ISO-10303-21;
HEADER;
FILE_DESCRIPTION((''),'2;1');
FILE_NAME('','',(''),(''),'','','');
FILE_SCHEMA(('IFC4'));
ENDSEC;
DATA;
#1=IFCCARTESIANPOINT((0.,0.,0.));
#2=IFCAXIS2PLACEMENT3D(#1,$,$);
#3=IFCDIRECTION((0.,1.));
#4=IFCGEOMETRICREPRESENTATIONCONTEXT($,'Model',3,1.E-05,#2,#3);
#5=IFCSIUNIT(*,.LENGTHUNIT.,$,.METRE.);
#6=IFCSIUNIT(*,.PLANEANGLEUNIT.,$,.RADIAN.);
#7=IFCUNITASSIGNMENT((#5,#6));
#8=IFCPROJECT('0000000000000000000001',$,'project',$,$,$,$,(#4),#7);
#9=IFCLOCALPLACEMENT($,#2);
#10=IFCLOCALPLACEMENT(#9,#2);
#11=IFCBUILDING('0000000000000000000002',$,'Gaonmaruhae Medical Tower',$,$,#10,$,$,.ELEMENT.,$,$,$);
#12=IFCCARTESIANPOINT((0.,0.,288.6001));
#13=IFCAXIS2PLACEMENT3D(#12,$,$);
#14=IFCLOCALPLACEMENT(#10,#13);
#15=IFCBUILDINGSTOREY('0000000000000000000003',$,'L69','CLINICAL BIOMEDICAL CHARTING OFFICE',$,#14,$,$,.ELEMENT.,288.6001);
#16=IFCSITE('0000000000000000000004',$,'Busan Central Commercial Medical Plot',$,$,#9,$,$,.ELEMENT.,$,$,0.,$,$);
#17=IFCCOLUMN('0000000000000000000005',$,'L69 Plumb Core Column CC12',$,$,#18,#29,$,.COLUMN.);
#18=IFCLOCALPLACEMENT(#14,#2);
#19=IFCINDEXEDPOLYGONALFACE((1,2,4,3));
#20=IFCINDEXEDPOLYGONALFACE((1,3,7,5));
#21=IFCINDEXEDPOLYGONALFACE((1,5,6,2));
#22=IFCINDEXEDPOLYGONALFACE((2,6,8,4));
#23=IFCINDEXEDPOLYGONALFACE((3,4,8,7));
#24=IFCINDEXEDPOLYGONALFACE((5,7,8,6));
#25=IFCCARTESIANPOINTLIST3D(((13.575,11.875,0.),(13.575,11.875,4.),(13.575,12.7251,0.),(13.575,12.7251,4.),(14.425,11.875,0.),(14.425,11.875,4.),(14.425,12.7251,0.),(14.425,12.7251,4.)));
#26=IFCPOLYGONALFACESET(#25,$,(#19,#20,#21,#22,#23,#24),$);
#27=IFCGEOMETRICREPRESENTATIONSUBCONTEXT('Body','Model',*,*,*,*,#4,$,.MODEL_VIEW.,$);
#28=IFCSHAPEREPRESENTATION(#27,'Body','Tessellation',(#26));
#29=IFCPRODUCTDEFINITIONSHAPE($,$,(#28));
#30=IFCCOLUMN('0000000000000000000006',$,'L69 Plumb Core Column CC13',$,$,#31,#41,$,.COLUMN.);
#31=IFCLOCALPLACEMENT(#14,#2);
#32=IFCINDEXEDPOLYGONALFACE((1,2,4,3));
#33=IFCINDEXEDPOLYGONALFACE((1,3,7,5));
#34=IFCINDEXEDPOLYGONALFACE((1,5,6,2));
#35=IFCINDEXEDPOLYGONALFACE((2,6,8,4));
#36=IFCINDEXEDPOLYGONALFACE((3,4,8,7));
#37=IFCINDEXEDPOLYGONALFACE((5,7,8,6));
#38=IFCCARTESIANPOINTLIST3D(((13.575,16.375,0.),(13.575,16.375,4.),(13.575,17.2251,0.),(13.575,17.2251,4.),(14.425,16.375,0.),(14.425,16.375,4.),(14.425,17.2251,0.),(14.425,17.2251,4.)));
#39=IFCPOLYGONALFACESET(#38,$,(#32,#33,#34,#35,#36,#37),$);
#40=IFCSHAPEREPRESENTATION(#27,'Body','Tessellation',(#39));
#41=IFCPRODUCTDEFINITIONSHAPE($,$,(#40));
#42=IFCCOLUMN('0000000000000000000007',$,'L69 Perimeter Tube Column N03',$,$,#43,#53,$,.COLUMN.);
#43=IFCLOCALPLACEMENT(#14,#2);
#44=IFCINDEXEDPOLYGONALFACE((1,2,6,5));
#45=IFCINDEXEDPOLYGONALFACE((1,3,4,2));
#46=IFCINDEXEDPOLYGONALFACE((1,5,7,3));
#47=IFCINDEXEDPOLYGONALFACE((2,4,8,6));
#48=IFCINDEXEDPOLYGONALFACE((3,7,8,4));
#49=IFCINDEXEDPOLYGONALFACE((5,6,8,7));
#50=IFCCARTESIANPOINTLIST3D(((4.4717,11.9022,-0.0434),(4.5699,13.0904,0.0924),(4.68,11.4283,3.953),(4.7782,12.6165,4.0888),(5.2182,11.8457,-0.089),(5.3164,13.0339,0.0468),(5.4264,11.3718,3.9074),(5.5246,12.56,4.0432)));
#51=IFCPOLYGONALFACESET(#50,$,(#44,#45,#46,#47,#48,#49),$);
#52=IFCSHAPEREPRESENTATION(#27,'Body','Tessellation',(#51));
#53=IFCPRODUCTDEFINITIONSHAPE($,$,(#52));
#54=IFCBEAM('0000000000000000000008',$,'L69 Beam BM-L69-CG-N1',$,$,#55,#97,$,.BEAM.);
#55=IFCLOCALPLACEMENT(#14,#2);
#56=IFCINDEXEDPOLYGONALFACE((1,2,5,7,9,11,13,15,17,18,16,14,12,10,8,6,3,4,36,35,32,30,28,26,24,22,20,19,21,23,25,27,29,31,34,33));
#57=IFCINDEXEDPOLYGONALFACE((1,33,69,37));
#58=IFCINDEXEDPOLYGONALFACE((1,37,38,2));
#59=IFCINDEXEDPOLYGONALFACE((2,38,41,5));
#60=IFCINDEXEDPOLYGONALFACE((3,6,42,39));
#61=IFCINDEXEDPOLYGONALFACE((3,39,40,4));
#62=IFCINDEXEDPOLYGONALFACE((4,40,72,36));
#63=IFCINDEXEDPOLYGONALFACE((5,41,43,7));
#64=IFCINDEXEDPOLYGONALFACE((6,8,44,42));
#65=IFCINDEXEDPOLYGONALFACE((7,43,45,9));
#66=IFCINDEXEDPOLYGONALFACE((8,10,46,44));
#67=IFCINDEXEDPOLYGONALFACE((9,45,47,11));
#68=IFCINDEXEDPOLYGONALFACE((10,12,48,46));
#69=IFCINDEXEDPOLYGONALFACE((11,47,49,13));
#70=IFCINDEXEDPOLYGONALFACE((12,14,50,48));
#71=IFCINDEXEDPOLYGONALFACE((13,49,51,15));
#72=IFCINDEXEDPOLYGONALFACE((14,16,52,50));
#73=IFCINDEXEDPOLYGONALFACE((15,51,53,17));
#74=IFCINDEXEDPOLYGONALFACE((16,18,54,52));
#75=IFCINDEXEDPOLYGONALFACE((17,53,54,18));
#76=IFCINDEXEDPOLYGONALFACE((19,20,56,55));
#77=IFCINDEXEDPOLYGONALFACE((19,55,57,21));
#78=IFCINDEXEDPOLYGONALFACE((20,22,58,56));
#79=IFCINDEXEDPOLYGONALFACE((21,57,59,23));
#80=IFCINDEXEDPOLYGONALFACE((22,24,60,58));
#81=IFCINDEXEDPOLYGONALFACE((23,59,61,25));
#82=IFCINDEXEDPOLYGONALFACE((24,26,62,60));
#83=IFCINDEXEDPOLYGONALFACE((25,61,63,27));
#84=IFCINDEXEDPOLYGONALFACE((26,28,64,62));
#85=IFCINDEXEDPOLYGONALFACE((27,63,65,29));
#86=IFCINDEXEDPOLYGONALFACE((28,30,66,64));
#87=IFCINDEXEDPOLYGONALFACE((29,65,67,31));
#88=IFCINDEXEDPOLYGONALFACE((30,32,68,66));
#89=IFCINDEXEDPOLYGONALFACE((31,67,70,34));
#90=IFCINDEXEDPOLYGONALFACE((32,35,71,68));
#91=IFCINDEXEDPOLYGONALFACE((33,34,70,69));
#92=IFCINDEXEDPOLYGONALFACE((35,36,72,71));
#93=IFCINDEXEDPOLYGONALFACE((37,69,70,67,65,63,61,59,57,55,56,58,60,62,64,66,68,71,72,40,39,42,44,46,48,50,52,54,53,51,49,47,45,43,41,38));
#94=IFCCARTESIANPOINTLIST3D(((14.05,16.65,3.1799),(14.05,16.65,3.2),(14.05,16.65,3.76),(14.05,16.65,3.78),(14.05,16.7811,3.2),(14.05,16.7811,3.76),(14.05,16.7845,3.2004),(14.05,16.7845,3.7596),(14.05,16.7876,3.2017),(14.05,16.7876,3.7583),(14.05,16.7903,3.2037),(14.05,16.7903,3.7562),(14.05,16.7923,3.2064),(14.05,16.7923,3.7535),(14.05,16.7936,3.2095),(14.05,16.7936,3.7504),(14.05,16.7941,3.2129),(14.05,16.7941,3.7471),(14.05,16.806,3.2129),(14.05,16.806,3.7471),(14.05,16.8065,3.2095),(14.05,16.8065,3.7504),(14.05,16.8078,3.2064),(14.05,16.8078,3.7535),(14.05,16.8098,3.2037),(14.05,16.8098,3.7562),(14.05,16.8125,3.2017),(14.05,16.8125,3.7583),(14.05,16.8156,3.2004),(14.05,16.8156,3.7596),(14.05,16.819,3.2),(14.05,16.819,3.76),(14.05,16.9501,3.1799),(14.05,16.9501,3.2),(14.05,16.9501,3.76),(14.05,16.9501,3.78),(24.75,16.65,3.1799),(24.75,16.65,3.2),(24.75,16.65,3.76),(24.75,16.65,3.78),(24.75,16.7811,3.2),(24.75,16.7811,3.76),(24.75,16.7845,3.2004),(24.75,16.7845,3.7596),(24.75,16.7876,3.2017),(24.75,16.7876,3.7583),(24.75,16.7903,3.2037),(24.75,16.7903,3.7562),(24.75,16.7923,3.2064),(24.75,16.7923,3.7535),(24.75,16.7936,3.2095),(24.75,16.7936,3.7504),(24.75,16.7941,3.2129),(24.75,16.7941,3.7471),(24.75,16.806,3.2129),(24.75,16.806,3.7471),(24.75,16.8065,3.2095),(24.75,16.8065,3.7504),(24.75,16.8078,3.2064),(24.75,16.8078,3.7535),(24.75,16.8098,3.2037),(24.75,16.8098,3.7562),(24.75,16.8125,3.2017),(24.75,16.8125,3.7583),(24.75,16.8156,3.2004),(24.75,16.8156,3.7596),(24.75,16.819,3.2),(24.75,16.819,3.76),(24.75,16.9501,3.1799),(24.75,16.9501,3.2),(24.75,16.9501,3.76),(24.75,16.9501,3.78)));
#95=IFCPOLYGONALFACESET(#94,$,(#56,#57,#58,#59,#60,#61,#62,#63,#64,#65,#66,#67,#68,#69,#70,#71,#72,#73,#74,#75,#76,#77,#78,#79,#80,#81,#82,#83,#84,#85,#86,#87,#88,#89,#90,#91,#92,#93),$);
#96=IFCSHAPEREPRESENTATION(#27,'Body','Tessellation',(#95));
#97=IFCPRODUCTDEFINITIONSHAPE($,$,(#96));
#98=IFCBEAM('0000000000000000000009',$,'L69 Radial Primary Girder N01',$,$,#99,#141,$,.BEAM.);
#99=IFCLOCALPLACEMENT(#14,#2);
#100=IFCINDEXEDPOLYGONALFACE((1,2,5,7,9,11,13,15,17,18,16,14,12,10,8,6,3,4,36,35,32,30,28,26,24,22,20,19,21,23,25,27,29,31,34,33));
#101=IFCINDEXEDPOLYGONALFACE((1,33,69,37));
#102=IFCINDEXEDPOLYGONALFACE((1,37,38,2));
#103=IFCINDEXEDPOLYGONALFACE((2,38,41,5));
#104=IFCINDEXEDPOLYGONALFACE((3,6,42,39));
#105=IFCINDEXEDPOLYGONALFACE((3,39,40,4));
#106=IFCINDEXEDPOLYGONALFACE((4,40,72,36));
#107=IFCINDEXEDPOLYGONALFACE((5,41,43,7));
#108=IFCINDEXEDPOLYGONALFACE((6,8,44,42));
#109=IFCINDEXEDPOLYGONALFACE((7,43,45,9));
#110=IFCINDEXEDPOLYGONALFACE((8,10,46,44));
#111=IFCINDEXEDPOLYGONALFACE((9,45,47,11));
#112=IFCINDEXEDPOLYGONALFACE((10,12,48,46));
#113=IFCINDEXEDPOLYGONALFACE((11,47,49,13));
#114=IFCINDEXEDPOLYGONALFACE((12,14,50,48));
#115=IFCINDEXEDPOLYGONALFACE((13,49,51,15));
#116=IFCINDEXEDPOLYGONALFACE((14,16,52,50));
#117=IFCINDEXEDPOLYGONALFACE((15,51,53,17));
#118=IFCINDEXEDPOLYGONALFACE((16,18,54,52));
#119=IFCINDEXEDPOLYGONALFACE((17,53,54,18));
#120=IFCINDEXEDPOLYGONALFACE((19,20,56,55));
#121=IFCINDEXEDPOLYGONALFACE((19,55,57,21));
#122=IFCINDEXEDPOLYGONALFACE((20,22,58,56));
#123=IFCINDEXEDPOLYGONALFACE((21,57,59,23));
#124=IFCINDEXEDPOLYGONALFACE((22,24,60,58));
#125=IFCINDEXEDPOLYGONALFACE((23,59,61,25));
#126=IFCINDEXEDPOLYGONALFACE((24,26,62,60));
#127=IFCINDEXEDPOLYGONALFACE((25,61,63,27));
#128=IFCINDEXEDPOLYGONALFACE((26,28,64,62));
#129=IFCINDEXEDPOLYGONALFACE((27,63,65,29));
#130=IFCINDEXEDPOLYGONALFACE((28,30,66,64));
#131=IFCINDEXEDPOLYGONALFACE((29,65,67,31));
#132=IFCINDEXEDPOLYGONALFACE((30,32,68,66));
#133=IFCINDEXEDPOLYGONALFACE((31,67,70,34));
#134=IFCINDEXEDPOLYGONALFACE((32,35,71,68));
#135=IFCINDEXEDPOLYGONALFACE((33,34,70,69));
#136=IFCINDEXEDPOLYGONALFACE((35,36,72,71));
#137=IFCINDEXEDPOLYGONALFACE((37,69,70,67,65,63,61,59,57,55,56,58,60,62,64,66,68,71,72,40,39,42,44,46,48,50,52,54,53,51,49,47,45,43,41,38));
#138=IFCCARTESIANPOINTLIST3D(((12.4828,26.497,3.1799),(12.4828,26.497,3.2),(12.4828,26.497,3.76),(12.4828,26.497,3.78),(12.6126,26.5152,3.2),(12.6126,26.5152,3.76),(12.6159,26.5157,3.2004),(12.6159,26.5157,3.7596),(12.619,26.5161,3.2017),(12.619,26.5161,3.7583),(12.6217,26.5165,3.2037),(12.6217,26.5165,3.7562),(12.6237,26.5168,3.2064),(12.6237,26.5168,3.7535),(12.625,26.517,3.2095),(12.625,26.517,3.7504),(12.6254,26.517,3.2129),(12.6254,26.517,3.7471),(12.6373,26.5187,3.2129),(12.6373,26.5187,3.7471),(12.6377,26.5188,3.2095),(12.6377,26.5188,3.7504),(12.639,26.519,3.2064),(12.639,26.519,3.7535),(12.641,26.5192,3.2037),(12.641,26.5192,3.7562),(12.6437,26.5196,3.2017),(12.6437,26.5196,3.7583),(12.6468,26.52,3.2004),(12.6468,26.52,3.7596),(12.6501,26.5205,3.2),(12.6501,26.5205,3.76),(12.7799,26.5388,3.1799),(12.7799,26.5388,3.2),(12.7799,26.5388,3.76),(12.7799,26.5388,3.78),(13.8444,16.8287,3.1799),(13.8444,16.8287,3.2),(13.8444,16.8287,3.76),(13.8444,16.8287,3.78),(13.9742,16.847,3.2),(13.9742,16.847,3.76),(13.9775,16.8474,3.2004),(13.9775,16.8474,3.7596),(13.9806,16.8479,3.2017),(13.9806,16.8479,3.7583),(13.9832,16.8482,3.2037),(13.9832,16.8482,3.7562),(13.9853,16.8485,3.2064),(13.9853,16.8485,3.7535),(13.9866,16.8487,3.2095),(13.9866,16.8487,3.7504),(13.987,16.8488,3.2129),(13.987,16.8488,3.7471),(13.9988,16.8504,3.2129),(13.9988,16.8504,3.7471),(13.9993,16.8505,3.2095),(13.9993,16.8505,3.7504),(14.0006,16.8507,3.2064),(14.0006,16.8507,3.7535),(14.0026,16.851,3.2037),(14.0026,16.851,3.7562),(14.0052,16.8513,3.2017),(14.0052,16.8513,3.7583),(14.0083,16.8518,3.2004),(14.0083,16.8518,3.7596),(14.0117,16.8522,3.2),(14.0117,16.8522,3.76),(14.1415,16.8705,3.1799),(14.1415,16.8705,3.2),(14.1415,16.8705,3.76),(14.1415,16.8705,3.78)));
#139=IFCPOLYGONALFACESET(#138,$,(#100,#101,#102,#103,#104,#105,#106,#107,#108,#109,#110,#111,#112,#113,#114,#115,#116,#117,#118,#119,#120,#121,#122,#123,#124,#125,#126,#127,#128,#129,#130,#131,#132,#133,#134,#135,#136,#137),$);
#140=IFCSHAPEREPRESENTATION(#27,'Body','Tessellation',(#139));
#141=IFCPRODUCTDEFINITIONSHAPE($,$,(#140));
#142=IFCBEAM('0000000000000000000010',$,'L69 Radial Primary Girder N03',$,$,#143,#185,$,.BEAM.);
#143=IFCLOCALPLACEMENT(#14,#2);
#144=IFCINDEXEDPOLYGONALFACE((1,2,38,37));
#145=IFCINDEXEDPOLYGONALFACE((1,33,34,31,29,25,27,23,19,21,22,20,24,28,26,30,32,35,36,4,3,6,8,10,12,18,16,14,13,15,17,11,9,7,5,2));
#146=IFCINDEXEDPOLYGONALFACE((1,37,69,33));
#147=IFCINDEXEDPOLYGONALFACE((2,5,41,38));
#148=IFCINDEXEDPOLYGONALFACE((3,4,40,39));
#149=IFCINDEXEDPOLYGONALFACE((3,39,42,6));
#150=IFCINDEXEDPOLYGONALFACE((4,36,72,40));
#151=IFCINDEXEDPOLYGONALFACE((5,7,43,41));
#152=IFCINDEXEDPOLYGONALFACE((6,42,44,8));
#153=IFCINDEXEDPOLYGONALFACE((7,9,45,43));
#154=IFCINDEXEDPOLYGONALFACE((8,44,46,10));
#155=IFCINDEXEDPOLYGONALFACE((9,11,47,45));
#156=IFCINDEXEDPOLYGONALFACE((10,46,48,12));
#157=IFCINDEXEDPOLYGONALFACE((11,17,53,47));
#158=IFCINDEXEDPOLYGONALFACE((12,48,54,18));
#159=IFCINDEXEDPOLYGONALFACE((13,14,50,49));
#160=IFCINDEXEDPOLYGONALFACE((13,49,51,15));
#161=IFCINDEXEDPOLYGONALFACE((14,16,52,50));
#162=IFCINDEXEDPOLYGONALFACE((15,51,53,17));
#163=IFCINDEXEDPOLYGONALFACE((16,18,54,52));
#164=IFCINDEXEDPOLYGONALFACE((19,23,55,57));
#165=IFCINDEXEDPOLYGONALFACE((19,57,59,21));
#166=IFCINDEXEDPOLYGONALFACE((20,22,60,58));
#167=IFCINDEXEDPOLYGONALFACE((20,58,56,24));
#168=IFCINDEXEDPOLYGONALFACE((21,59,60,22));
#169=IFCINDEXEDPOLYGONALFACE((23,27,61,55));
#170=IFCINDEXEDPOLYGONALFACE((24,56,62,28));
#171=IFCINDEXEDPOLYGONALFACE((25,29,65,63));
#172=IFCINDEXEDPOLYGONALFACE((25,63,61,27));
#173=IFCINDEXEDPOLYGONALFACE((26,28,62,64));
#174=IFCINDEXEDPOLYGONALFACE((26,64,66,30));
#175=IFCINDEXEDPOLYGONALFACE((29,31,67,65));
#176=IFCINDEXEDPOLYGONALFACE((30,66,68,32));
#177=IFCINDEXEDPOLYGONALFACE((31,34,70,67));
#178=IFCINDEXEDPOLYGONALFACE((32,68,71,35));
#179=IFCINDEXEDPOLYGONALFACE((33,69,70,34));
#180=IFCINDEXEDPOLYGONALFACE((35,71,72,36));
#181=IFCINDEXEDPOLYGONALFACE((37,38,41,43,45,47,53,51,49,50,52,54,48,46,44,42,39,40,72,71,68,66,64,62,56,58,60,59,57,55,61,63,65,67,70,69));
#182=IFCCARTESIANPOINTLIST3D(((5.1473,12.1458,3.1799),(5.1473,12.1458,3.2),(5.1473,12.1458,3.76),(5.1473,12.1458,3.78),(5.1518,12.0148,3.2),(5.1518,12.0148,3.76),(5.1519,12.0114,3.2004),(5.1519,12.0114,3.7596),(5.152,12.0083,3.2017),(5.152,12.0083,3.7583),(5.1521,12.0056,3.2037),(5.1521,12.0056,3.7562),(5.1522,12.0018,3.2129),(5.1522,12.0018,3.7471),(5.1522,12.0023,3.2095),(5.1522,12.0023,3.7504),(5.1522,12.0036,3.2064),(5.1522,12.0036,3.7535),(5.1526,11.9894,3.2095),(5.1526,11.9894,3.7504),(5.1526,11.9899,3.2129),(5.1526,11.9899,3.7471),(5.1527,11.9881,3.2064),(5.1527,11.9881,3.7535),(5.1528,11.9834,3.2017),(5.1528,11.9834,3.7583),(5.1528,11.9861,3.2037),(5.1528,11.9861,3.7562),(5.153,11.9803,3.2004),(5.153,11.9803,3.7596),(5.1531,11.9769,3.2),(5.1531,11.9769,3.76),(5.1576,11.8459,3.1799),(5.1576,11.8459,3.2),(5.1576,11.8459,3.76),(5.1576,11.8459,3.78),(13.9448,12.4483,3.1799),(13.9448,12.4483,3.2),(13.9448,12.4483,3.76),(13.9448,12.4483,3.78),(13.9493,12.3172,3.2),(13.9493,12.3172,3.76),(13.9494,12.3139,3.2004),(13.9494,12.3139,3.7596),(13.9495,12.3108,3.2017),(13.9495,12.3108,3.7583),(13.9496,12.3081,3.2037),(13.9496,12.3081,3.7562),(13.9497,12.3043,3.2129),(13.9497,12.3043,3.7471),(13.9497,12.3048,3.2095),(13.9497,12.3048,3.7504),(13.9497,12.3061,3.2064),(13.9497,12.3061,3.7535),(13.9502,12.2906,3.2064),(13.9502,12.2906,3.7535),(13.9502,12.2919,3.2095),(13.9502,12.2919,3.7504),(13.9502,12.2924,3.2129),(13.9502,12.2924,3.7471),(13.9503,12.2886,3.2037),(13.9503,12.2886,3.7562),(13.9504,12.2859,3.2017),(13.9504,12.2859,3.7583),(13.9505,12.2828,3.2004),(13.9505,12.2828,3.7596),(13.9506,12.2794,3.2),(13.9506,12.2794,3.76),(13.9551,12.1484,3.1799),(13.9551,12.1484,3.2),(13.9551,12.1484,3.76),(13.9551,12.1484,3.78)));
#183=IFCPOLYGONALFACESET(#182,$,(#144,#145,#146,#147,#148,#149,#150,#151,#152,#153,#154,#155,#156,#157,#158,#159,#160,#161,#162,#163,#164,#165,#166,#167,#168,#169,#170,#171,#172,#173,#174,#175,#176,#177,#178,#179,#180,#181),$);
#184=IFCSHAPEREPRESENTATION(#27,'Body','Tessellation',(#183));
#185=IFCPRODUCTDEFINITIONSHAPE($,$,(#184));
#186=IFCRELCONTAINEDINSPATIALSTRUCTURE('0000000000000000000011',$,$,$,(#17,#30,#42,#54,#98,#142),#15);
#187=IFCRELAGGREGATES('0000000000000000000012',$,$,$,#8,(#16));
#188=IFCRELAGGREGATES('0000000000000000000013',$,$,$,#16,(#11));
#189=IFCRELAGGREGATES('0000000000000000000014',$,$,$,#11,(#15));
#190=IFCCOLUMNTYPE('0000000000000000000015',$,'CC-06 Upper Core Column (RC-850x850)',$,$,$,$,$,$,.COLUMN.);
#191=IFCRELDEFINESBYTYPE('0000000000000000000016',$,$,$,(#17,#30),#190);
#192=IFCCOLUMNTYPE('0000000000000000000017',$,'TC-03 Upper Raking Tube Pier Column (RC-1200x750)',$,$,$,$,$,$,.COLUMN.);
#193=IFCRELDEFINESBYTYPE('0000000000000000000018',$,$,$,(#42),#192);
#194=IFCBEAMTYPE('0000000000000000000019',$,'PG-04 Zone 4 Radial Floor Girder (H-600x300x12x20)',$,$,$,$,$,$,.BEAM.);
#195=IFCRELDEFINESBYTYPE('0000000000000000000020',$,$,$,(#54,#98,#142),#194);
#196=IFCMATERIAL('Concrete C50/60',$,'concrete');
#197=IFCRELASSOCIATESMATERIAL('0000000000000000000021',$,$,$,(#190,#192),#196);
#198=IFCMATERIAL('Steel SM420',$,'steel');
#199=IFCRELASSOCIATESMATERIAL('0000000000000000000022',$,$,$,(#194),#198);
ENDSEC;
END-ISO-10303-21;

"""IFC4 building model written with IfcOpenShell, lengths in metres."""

from ifc_helpers import new_model, si_unit, direction, frame, origin, origin_2d, place, context, subcontext, project, spatial, rectangle, i_section, extrude, material, material_profile, profile_set, type_object, element, save


model = new_model("IFC4")

# Units and contexts
model_context = context("Model", 3, precision=1e-05, world=origin(), true_north=direction((0.0, 1.0)))
body_context = subcontext(model_context, "Body", "Model", "MODEL_VIEW")
ifc_project = project(units=[si_unit("LENGTHUNIT", "METRE"), si_unit("PLANEANGLEUNIT", "RADIAN")], contexts=[model_context])

# Site, building, storey
site_placement = place(None, origin())
site = spatial("IfcSite", under=ifc_project, at=site_placement, Name="Busan Central Commercial Medical Plot", CompositionType="ELEMENT", RefElevation=0.0)
building_placement = place(site_placement, origin())
building = spatial("IfcBuilding", under=site, at=building_placement, Name="Gaonmaruhae Medical Tower", CompositionType="ELEMENT")
storey_placement = place(building_placement, frame((0.0, 0.0, 288.6001)))
storey = spatial("IfcBuildingStorey", under=building, at=storey_placement, Name="L69", Description="CLINICAL BIOMEDICAL CHARTING OFFICE", CompositionType="ELEMENT", Elevation=288.6001)

# Columns
ifc_material_1 = material(Name="Concrete C50/60", Category="concrete")
ifc_material_profile_1 = material_profile(ifc_material_1, rectangle(XDim=0.8501, YDim=0.8501, at=origin_2d()), Name="RC-850x850")
ifc_profile_set_1 = profile_set([ifc_material_profile_1], Name="Concrete C50/60")
column_type_1 = type_object("IfcColumnType", Name="CC-06 Upper Core Column (RC-850x850)", PredefinedType="COLUMN", material=ifc_profile_set_1)
for number, where, z_axis, x_axis, name in (
    (1, (14.0, 12.3, 0.0), (0.0, 0.0, 1.0), (1.0, 0.0, 0.0), "L69 Plumb Core Column CC12"),
    (2, (14.0, 16.8, 0.0), (0.0, 0.0, 1.0), (1.0, 0.0, 0.0), "L69 Plumb Core Column CC13"),
):
    element("IfcColumn", number, at=place(storey_placement, frame(where, z_axis=z_axis, x_axis=x_axis)), inside=storey, type_object=column_type_1, Name=name, PredefinedType="COLUMN", context=body_context, shape_type="SweptSolid", body=[
        extrude(rectangle(XDim=0.8501, YDim=0.8501, at=origin_2d()), origin(), (0.0, 0.0, 1.0), 4.0),
    ])
ifc_material_profile_2 = material_profile(ifc_material_1, rectangle(XDim=1.2, YDim=0.75, at=origin_2d()), Name="RC-1200x750")
ifc_profile_set_2 = profile_set([ifc_material_profile_2], Name="Concrete C50/60")
column_type_2 = type_object("IfcColumnType", Name="TC-03 Upper Raking Tube Pier Column (RC-1200x750)", PredefinedType="COLUMN", material=ifc_profile_set_2)
column_placement = place(storey_placement, frame((4.894, 12.468, 0.0017), z_axis=(0.051679, -0.117595, 0.991716), x_axis=(0.081851, 0.990201, 0.11315)))
element("IfcColumn", 3, at=column_placement, inside=storey, type_object=column_type_2, Name="L69 Perimeter Tube Column N03", PredefinedType="COLUMN", context=body_context, shape_type="SweptSolid", body=[
    extrude(rectangle(XDim=1.2, YDim=0.75, at=origin_2d()), origin(), (0.0, 0.0, 1.0), 4.0298),
])

# Beams
ifc_material_2 = material(Name="Steel SM420", Category="steel")
ifc_material_profile_3 = material_profile(ifc_material_2, i_section(OverallWidth=0.3, OverallDepth=0.6001, WebThickness=0.012, FlangeThickness=0.02, FilletRadius=0.0129, at=origin_2d()), Name="H-600x300x12x20")
ifc_profile_set_3 = profile_set([ifc_material_profile_3], Name="Steel SM420")
beam_type_1 = type_object("IfcBeamType", Name="PG-04 Zone 4 Radial Floor Girder (H-600x300x12x20)", PredefinedType="BEAM", material=ifc_profile_set_3)
beam_1_placement = place(storey_placement, frame((14.05, 16.8, 3.48), z_axis=(1.0, 0.0, 0.0), x_axis=(0.0, 1.0, 0.0)))
element("IfcBeam", 4, at=beam_1_placement, inside=storey, type_object=beam_type_1, Name="L69 Beam BM-L69-CG-N1", PredefinedType="BEAM", context=body_context, shape_type="SweptSolid", body=[
    extrude(i_section(OverallWidth=0.3, OverallDepth=0.6001, WebThickness=0.012, FlangeThickness=0.02, FilletRadius=0.0129, at=origin_2d()), origin(), (0.0, 0.0, 1.0), 10.7),
])
beam_2_placement = place(storey_placement, frame((13.9929, 16.8496, 3.48), z_axis=(-0.139454, 0.990229, 0.0), x_axis=(-0.990229, -0.139454, 0.0)))
element("IfcBeam", 5, at=beam_2_placement, inside=storey, type_object=beam_type_1, Name="L69 Radial Primary Girder N01", PredefinedType="BEAM", context=body_context, shape_type="SweptSolid", body=[
    extrude(i_section(OverallWidth=0.3, OverallDepth=0.6001, WebThickness=0.012, FlangeThickness=0.02, FilletRadius=0.0129, at=origin_2d()), origin(), (0.0, 0.0, 1.0), 9.7637),
])
beam_3_placement = place(storey_placement, frame((13.95, 12.2983, 3.48), z_axis=(-0.999409, -0.034363, 0.0), x_axis=(0.034363, -0.999409, 0.0)))
element("IfcBeam", 6, at=beam_3_placement, inside=storey, type_object=beam_type_1, Name="L69 Radial Primary Girder N03", PredefinedType="BEAM", context=body_context, shape_type="SweptSolid", body=[
    extrude(i_section(OverallWidth=0.3, OverallDepth=0.6001, WebThickness=0.012, FlangeThickness=0.02, FilletRadius=0.0129, at=origin_2d()), origin(), (0.0, 0.0, 1.0), 8.8027),
])

save(model, "model.ifc")
